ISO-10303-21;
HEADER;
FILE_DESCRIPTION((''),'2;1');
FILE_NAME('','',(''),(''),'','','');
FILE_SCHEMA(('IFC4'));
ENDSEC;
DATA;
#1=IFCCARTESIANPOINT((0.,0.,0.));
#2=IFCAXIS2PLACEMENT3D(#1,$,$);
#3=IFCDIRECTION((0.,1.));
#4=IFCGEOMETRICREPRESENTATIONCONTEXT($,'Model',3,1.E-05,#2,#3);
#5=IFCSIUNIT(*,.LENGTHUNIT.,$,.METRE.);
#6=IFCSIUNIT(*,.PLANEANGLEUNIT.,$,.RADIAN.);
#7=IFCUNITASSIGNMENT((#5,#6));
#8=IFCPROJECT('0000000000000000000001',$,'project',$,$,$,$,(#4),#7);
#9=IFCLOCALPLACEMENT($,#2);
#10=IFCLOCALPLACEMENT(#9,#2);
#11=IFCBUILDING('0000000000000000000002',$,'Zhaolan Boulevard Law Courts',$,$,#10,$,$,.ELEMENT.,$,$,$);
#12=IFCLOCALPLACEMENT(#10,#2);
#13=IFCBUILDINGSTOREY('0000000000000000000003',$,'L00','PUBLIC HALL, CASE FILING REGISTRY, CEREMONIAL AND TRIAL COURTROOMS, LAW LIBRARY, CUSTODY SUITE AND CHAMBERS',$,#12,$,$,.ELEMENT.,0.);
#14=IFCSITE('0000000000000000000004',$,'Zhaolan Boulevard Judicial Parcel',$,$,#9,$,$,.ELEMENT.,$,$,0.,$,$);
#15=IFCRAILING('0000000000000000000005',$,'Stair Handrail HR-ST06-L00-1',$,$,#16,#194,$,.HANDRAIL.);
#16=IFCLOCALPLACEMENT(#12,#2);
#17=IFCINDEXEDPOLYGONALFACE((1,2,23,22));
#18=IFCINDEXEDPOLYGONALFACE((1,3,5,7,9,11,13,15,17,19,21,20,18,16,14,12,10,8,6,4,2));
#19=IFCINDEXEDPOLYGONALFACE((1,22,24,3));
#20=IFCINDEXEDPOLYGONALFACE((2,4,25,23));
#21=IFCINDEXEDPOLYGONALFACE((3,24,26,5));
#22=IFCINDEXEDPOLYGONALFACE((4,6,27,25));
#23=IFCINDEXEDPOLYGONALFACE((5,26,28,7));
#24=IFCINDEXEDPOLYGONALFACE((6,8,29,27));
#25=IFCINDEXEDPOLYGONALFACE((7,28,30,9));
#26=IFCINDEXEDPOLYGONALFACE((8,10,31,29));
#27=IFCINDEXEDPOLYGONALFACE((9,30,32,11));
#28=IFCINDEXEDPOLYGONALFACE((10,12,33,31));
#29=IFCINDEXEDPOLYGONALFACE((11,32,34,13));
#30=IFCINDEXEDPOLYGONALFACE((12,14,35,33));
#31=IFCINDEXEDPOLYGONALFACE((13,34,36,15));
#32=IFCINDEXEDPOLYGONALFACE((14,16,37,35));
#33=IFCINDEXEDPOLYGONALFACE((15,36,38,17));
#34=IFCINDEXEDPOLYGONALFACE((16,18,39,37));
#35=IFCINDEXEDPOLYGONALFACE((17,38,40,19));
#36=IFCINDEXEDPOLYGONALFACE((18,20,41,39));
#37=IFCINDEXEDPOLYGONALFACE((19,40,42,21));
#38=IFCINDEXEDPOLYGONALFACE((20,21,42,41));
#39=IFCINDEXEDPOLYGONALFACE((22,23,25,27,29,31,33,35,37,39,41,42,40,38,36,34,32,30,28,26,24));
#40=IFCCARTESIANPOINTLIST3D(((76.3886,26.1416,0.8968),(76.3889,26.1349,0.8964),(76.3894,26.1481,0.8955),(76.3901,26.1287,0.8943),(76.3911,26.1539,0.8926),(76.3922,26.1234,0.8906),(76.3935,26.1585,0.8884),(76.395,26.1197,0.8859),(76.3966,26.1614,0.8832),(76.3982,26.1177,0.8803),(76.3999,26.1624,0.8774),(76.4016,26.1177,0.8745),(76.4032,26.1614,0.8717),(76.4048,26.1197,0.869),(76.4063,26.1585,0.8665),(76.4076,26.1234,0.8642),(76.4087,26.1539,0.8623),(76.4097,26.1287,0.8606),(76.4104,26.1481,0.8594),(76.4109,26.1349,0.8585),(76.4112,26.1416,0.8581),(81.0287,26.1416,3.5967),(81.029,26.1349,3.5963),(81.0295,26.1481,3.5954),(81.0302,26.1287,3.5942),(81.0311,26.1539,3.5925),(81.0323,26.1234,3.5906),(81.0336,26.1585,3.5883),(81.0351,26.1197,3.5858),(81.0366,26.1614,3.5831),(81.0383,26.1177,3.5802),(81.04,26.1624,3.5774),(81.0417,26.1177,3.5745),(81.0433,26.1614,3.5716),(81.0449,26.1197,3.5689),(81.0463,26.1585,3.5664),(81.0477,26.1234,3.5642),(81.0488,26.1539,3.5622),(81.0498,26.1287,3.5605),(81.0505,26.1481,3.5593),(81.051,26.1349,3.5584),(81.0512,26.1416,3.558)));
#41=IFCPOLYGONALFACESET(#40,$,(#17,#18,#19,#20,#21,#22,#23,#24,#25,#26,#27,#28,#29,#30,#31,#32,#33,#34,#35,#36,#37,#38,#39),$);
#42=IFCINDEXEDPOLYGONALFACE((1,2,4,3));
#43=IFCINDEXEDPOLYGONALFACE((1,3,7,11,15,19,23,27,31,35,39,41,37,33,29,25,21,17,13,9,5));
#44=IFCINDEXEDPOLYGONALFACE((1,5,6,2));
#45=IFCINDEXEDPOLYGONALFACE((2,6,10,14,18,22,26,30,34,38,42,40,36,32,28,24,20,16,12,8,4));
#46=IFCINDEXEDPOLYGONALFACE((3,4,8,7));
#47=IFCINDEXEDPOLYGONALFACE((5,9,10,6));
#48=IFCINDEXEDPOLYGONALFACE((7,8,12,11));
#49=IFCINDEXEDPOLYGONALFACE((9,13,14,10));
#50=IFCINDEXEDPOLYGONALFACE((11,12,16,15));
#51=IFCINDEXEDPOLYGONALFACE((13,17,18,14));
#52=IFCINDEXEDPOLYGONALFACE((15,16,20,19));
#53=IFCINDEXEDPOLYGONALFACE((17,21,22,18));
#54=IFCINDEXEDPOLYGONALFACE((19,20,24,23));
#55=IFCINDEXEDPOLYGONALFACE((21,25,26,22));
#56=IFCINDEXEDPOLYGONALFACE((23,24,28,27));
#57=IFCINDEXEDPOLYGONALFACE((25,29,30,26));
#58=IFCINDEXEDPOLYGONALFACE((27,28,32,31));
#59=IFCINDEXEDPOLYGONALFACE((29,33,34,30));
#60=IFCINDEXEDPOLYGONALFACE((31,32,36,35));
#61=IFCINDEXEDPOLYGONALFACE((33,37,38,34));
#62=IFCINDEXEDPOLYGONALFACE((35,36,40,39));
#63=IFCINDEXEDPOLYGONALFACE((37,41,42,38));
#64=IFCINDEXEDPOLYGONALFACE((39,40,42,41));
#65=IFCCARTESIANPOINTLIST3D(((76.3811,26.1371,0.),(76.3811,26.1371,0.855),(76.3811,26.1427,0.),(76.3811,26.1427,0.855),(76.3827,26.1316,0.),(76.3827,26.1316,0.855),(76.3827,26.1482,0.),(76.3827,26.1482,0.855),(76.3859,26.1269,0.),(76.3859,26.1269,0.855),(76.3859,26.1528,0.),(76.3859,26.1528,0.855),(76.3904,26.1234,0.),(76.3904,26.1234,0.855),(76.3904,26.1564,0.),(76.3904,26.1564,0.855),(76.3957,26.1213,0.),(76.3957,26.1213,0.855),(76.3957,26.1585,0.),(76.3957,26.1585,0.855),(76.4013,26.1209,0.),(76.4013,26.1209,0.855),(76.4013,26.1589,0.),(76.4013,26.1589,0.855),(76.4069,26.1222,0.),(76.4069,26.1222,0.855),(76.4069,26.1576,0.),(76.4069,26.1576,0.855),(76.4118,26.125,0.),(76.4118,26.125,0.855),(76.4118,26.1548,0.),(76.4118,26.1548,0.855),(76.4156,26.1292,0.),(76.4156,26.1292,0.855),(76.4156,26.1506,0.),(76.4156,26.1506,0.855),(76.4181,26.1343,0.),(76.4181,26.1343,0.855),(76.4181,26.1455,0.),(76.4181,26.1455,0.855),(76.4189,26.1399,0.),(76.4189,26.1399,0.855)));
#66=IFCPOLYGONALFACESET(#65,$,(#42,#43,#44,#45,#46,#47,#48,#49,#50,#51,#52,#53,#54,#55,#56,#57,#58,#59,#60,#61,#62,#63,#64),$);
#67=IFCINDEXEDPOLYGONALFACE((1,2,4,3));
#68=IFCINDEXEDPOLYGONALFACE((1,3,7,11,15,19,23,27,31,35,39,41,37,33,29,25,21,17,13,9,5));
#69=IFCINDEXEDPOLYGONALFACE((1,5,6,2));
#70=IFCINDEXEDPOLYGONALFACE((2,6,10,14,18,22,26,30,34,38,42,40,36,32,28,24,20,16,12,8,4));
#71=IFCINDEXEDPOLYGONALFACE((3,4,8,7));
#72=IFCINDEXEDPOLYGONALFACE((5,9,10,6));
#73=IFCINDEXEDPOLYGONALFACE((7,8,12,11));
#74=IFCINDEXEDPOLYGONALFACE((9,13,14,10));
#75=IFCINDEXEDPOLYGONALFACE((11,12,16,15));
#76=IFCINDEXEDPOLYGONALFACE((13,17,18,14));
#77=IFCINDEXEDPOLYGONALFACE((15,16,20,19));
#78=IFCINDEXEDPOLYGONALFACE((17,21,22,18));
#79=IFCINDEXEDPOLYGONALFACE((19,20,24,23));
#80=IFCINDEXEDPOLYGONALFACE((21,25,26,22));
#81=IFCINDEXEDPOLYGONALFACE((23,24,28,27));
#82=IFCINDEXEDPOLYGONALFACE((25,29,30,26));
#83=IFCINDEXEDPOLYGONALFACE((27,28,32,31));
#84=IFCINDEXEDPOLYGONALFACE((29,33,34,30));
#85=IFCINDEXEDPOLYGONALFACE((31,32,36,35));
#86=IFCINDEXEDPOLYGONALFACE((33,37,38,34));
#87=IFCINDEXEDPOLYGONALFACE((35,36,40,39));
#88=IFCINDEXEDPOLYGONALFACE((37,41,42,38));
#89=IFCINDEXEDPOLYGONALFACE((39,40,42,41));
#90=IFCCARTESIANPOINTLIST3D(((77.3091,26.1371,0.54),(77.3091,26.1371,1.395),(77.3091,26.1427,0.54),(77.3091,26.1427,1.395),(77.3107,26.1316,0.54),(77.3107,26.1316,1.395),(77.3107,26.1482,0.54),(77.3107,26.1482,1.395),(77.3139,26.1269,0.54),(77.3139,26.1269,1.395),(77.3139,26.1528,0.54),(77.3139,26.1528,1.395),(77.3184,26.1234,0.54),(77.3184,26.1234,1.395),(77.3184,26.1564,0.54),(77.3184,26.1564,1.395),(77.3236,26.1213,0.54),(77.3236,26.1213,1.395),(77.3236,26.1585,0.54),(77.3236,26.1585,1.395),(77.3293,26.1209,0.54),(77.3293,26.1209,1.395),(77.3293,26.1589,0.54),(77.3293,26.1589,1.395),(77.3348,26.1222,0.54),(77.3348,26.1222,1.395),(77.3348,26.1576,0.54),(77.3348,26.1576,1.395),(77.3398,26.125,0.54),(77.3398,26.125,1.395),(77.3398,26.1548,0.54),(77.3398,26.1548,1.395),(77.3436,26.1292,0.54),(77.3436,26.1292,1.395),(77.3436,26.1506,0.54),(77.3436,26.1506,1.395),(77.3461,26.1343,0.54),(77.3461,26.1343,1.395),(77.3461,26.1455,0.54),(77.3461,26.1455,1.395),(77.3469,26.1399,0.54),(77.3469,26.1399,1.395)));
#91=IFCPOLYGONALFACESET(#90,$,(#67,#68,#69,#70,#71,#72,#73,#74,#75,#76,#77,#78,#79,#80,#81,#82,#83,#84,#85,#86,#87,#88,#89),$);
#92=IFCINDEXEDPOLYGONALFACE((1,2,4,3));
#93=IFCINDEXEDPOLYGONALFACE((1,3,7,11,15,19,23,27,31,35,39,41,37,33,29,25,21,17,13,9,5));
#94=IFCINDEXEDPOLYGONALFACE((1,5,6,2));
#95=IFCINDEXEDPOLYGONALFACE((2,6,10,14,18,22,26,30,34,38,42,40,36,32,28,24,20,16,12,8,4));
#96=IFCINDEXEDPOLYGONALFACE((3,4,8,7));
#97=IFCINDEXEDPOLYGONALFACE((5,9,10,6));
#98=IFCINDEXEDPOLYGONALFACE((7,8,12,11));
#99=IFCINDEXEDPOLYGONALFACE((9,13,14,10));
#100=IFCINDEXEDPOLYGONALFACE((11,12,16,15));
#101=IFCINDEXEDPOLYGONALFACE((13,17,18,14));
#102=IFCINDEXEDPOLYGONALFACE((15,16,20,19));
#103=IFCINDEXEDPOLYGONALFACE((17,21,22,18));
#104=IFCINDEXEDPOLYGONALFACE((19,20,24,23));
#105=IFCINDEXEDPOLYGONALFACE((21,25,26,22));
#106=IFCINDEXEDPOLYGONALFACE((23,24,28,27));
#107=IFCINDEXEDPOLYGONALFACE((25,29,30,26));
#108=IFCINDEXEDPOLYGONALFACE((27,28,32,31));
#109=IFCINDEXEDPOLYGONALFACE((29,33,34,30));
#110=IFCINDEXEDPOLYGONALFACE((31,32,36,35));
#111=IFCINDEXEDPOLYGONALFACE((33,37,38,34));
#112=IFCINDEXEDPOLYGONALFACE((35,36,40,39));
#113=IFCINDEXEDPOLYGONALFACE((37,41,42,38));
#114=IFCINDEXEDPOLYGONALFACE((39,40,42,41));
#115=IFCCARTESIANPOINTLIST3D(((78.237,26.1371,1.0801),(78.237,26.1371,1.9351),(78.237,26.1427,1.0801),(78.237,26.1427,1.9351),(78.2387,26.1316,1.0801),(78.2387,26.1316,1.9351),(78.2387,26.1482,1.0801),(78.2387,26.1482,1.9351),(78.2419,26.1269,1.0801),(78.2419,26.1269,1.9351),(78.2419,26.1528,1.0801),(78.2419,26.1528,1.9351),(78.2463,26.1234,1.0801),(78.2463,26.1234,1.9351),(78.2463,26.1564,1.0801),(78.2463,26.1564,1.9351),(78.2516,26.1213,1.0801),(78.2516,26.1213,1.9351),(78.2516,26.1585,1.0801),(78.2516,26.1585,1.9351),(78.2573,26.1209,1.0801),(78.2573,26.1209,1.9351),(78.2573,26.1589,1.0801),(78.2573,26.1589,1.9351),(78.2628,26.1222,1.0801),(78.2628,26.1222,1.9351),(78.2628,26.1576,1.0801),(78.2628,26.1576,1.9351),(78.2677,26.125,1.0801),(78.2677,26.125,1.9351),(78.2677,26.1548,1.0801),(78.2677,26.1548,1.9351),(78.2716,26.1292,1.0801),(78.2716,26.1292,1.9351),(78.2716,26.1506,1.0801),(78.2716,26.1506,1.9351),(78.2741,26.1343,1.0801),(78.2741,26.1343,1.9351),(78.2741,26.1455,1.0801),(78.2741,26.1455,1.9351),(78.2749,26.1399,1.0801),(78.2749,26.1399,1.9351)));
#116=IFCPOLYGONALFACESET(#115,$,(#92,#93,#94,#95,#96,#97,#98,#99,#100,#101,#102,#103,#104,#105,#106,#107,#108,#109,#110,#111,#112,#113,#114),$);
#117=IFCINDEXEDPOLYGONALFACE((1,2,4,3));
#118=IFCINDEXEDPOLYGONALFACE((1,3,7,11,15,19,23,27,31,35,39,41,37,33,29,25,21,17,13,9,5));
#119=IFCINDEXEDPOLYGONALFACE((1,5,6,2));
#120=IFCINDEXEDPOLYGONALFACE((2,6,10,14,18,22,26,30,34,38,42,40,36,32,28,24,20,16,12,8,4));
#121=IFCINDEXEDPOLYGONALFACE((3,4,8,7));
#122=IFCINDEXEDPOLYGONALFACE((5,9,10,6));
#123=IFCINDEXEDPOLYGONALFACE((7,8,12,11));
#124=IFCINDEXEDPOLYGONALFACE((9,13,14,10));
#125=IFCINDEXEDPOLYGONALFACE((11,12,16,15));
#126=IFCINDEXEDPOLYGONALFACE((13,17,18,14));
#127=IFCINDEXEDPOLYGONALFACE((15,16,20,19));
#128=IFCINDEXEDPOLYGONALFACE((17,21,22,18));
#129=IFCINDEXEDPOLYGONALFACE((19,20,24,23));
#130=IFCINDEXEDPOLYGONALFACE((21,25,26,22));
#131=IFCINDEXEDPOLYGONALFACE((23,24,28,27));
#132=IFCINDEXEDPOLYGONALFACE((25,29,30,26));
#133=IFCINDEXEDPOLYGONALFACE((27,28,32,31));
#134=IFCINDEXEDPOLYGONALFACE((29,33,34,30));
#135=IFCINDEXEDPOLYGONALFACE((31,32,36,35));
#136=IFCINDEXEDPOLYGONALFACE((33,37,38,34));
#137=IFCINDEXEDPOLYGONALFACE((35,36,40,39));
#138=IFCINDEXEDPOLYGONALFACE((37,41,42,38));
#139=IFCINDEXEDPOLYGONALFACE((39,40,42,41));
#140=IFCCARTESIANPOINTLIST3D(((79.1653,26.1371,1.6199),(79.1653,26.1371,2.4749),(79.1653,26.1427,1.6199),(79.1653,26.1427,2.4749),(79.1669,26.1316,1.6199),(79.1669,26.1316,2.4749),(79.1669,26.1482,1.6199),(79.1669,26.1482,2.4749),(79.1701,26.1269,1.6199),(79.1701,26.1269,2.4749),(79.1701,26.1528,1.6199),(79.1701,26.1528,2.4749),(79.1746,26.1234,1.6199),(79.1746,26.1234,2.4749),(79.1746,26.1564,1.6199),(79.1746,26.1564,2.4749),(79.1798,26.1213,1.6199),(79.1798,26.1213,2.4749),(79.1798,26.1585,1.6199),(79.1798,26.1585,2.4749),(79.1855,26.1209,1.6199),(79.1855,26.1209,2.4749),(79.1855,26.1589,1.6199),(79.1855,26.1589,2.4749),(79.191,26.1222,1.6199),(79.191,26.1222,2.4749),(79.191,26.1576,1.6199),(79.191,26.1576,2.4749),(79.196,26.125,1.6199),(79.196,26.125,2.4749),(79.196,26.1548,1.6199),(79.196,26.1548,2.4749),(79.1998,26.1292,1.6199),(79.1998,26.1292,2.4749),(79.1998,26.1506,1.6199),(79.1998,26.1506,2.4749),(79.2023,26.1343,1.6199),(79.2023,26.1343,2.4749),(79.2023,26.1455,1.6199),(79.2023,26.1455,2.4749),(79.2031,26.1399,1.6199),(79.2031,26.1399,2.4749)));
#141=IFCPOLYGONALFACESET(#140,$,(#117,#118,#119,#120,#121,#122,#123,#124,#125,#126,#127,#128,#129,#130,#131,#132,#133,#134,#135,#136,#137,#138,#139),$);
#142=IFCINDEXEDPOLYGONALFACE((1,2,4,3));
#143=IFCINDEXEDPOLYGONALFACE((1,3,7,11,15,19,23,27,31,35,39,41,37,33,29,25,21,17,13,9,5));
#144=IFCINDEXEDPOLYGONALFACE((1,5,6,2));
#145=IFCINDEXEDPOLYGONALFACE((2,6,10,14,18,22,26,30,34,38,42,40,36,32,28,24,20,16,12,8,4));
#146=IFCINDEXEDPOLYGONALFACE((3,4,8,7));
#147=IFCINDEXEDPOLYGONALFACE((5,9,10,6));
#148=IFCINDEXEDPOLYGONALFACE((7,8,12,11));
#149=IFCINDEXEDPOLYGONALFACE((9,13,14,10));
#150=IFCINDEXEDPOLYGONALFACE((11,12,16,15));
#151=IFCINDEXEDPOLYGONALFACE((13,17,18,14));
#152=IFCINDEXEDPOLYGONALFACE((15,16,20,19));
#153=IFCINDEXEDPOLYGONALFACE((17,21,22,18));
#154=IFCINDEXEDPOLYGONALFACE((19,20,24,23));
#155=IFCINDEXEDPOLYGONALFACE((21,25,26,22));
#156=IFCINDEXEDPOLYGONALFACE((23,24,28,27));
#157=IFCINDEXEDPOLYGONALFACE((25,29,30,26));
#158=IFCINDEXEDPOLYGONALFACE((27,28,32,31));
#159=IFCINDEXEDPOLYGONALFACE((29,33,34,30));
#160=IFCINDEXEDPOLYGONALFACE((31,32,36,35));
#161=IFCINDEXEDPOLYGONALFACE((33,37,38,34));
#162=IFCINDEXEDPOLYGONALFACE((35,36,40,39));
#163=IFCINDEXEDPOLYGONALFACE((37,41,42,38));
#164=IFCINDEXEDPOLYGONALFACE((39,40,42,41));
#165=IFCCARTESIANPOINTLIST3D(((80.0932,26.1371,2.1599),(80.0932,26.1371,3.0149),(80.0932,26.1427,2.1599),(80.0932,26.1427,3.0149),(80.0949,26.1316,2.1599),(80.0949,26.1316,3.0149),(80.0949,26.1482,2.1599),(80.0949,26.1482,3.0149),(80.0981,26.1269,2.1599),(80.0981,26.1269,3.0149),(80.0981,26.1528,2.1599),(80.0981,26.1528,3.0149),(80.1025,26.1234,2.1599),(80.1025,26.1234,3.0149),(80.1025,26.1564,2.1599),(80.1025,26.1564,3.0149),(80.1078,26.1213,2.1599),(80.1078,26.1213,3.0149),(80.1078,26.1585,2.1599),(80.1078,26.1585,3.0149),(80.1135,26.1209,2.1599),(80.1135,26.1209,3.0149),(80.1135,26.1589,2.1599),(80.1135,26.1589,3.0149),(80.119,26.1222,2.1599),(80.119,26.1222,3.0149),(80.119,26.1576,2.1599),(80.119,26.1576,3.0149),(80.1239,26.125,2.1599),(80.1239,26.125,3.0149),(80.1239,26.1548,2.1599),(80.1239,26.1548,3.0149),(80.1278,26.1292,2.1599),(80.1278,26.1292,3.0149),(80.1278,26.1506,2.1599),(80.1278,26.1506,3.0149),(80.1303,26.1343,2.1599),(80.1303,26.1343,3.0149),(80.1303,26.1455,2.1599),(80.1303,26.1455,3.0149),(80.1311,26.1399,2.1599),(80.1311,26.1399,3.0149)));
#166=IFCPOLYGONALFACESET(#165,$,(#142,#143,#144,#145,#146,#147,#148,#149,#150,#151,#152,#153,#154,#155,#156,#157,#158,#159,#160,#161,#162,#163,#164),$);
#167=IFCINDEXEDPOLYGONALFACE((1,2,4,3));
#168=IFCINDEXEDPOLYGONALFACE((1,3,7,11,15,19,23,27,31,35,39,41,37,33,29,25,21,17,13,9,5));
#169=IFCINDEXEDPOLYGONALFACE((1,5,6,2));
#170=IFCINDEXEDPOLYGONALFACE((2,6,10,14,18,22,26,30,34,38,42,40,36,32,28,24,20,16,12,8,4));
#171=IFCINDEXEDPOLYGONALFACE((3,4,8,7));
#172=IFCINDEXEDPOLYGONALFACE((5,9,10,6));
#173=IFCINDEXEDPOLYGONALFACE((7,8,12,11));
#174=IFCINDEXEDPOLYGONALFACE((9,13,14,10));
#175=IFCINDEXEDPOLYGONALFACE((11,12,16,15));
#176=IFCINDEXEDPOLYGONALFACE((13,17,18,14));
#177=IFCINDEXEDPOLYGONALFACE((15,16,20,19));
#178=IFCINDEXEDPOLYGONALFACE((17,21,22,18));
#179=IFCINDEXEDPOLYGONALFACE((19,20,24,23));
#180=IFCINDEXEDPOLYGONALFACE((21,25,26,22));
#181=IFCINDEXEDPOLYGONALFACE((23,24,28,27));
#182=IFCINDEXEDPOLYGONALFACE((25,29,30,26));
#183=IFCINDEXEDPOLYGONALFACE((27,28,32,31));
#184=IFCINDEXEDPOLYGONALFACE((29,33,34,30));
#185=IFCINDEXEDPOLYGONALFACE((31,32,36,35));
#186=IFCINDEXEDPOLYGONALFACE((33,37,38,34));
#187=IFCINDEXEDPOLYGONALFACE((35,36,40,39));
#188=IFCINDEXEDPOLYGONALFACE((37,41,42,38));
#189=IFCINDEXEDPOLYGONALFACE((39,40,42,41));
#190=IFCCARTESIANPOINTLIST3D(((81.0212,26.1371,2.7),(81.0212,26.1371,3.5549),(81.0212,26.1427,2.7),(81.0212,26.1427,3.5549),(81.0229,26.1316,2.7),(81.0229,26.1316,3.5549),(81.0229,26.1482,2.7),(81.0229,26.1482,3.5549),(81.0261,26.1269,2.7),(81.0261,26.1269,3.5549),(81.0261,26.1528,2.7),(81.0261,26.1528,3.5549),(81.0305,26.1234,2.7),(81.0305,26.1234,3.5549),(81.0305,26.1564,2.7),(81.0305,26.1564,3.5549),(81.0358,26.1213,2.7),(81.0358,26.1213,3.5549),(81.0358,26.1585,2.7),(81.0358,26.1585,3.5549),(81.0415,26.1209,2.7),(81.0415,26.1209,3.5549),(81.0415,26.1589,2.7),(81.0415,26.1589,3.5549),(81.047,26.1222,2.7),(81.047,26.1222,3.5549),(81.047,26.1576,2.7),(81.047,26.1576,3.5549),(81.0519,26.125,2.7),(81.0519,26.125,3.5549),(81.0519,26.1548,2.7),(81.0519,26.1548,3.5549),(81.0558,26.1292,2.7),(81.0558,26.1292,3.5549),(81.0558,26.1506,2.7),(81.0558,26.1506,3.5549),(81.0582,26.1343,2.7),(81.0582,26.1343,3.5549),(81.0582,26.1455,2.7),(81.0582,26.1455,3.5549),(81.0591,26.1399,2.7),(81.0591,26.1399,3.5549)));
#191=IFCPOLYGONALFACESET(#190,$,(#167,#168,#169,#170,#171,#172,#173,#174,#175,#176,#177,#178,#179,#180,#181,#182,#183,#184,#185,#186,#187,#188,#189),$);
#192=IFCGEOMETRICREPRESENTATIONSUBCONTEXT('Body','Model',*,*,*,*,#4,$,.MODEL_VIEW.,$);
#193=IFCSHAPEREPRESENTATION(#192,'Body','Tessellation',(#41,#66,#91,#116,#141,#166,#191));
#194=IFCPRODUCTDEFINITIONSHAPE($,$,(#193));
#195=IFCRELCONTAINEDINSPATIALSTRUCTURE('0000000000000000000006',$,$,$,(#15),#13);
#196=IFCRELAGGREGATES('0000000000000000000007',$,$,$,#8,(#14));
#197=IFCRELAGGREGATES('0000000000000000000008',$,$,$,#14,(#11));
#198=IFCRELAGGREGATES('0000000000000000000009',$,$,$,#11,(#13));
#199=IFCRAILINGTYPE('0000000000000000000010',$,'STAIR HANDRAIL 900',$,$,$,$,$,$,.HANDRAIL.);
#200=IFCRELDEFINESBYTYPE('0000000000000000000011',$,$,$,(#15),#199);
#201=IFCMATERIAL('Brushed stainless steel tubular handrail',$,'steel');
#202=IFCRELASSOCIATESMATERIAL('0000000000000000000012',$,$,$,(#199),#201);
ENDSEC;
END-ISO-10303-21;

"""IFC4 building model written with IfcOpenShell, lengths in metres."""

from ifc_helpers import new_model, si_unit, direction, frame, origin, origin_2d, place, context, subcontext, project, spatial, circle, extrude, material, type_object, element, save


model = new_model("IFC4")

# Units and contexts
model_context = context("Model", 3, precision=1e-05, world=origin(), true_north=direction((0.0, 1.0)))
body_context = subcontext(model_context, "Body", "Model", "MODEL_VIEW")
ifc_project = project(units=[si_unit("LENGTHUNIT", "METRE"), si_unit("PLANEANGLEUNIT", "RADIAN")], contexts=[model_context])

# Site, building, storey
site_placement = place(None, origin())
site = spatial("IfcSite", under=ifc_project, at=site_placement, Name="Zhaolan Boulevard Judicial Parcel", CompositionType="ELEMENT", RefElevation=0.0)
building_placement = place(site_placement, origin())
building = spatial("IfcBuilding", under=site, at=building_placement, Name="Zhaolan Boulevard Law Courts", CompositionType="ELEMENT")
storey_placement = place(building_placement, origin())
storey = spatial("IfcBuildingStorey", under=building, at=storey_placement, Name="L00", Description="PUBLIC HALL, CASE FILING REGISTRY, CEREMONIAL AND TRIAL COURTROOMS, LAW LIBRARY, CUSTODY SUITE AND CHAMBERS", CompositionType="ELEMENT", Elevation=0.0)

# Railing
ifc_material_1 = material(Name="Brushed stainless steel tubular handrail", Category="steel")
railing_type_1 = type_object("IfcRailingType", Name="STAIR HANDRAIL 900", PredefinedType="HANDRAIL", material=ifc_material_1)
railing_1_placement = place(storey_placement, frame((76.3999, 26.1399, 0.0)))
element("IfcRailing", 1, at=railing_1_placement, inside=storey, type_object=railing_type_1, Name="Stair Handrail HR-ST06-L00-1", PredefinedType="HANDRAIL", context=body_context, shape_type="SweptSolid", body=[
    extrude(circle(Radius=0.0225, at=origin_2d()), frame((0.0, 0.0, 0.8774), z_axis=(0.864329, 0.0, 0.502926), x_axis=(0.0, 1.0, 0.0)), (0.0, 0.0, 1.0), 5.3684),
    extrude(circle(Radius=0.019, at=origin_2d()), origin(), (0.0, 0.0, 1.0), 0.855),
    extrude(circle(Radius=0.019, at=origin_2d()), frame((0.928, 0.0, 0.54)), (0.0, 0.0, 1.0), 0.855),
    extrude(circle(Radius=0.019, at=origin_2d()), frame((1.856, 0.0, 1.0801)), (0.0, 0.0, 1.0), 0.855),
    extrude(circle(Radius=0.019, at=origin_2d()), frame((2.7842, 0.0, 1.6199)), (0.0, 0.0, 1.0), 0.855),
    extrude(circle(Radius=0.019, at=origin_2d()), frame((3.7122, 0.0, 2.1599)), (0.0, 0.0, 1.0), 0.855),
    extrude(circle(Radius=0.019, at=origin_2d()), frame((4.6401, 0.0, 2.7)), (0.0, 0.0, 1.0), 0.855),
])

save(model, "model.ifc")
